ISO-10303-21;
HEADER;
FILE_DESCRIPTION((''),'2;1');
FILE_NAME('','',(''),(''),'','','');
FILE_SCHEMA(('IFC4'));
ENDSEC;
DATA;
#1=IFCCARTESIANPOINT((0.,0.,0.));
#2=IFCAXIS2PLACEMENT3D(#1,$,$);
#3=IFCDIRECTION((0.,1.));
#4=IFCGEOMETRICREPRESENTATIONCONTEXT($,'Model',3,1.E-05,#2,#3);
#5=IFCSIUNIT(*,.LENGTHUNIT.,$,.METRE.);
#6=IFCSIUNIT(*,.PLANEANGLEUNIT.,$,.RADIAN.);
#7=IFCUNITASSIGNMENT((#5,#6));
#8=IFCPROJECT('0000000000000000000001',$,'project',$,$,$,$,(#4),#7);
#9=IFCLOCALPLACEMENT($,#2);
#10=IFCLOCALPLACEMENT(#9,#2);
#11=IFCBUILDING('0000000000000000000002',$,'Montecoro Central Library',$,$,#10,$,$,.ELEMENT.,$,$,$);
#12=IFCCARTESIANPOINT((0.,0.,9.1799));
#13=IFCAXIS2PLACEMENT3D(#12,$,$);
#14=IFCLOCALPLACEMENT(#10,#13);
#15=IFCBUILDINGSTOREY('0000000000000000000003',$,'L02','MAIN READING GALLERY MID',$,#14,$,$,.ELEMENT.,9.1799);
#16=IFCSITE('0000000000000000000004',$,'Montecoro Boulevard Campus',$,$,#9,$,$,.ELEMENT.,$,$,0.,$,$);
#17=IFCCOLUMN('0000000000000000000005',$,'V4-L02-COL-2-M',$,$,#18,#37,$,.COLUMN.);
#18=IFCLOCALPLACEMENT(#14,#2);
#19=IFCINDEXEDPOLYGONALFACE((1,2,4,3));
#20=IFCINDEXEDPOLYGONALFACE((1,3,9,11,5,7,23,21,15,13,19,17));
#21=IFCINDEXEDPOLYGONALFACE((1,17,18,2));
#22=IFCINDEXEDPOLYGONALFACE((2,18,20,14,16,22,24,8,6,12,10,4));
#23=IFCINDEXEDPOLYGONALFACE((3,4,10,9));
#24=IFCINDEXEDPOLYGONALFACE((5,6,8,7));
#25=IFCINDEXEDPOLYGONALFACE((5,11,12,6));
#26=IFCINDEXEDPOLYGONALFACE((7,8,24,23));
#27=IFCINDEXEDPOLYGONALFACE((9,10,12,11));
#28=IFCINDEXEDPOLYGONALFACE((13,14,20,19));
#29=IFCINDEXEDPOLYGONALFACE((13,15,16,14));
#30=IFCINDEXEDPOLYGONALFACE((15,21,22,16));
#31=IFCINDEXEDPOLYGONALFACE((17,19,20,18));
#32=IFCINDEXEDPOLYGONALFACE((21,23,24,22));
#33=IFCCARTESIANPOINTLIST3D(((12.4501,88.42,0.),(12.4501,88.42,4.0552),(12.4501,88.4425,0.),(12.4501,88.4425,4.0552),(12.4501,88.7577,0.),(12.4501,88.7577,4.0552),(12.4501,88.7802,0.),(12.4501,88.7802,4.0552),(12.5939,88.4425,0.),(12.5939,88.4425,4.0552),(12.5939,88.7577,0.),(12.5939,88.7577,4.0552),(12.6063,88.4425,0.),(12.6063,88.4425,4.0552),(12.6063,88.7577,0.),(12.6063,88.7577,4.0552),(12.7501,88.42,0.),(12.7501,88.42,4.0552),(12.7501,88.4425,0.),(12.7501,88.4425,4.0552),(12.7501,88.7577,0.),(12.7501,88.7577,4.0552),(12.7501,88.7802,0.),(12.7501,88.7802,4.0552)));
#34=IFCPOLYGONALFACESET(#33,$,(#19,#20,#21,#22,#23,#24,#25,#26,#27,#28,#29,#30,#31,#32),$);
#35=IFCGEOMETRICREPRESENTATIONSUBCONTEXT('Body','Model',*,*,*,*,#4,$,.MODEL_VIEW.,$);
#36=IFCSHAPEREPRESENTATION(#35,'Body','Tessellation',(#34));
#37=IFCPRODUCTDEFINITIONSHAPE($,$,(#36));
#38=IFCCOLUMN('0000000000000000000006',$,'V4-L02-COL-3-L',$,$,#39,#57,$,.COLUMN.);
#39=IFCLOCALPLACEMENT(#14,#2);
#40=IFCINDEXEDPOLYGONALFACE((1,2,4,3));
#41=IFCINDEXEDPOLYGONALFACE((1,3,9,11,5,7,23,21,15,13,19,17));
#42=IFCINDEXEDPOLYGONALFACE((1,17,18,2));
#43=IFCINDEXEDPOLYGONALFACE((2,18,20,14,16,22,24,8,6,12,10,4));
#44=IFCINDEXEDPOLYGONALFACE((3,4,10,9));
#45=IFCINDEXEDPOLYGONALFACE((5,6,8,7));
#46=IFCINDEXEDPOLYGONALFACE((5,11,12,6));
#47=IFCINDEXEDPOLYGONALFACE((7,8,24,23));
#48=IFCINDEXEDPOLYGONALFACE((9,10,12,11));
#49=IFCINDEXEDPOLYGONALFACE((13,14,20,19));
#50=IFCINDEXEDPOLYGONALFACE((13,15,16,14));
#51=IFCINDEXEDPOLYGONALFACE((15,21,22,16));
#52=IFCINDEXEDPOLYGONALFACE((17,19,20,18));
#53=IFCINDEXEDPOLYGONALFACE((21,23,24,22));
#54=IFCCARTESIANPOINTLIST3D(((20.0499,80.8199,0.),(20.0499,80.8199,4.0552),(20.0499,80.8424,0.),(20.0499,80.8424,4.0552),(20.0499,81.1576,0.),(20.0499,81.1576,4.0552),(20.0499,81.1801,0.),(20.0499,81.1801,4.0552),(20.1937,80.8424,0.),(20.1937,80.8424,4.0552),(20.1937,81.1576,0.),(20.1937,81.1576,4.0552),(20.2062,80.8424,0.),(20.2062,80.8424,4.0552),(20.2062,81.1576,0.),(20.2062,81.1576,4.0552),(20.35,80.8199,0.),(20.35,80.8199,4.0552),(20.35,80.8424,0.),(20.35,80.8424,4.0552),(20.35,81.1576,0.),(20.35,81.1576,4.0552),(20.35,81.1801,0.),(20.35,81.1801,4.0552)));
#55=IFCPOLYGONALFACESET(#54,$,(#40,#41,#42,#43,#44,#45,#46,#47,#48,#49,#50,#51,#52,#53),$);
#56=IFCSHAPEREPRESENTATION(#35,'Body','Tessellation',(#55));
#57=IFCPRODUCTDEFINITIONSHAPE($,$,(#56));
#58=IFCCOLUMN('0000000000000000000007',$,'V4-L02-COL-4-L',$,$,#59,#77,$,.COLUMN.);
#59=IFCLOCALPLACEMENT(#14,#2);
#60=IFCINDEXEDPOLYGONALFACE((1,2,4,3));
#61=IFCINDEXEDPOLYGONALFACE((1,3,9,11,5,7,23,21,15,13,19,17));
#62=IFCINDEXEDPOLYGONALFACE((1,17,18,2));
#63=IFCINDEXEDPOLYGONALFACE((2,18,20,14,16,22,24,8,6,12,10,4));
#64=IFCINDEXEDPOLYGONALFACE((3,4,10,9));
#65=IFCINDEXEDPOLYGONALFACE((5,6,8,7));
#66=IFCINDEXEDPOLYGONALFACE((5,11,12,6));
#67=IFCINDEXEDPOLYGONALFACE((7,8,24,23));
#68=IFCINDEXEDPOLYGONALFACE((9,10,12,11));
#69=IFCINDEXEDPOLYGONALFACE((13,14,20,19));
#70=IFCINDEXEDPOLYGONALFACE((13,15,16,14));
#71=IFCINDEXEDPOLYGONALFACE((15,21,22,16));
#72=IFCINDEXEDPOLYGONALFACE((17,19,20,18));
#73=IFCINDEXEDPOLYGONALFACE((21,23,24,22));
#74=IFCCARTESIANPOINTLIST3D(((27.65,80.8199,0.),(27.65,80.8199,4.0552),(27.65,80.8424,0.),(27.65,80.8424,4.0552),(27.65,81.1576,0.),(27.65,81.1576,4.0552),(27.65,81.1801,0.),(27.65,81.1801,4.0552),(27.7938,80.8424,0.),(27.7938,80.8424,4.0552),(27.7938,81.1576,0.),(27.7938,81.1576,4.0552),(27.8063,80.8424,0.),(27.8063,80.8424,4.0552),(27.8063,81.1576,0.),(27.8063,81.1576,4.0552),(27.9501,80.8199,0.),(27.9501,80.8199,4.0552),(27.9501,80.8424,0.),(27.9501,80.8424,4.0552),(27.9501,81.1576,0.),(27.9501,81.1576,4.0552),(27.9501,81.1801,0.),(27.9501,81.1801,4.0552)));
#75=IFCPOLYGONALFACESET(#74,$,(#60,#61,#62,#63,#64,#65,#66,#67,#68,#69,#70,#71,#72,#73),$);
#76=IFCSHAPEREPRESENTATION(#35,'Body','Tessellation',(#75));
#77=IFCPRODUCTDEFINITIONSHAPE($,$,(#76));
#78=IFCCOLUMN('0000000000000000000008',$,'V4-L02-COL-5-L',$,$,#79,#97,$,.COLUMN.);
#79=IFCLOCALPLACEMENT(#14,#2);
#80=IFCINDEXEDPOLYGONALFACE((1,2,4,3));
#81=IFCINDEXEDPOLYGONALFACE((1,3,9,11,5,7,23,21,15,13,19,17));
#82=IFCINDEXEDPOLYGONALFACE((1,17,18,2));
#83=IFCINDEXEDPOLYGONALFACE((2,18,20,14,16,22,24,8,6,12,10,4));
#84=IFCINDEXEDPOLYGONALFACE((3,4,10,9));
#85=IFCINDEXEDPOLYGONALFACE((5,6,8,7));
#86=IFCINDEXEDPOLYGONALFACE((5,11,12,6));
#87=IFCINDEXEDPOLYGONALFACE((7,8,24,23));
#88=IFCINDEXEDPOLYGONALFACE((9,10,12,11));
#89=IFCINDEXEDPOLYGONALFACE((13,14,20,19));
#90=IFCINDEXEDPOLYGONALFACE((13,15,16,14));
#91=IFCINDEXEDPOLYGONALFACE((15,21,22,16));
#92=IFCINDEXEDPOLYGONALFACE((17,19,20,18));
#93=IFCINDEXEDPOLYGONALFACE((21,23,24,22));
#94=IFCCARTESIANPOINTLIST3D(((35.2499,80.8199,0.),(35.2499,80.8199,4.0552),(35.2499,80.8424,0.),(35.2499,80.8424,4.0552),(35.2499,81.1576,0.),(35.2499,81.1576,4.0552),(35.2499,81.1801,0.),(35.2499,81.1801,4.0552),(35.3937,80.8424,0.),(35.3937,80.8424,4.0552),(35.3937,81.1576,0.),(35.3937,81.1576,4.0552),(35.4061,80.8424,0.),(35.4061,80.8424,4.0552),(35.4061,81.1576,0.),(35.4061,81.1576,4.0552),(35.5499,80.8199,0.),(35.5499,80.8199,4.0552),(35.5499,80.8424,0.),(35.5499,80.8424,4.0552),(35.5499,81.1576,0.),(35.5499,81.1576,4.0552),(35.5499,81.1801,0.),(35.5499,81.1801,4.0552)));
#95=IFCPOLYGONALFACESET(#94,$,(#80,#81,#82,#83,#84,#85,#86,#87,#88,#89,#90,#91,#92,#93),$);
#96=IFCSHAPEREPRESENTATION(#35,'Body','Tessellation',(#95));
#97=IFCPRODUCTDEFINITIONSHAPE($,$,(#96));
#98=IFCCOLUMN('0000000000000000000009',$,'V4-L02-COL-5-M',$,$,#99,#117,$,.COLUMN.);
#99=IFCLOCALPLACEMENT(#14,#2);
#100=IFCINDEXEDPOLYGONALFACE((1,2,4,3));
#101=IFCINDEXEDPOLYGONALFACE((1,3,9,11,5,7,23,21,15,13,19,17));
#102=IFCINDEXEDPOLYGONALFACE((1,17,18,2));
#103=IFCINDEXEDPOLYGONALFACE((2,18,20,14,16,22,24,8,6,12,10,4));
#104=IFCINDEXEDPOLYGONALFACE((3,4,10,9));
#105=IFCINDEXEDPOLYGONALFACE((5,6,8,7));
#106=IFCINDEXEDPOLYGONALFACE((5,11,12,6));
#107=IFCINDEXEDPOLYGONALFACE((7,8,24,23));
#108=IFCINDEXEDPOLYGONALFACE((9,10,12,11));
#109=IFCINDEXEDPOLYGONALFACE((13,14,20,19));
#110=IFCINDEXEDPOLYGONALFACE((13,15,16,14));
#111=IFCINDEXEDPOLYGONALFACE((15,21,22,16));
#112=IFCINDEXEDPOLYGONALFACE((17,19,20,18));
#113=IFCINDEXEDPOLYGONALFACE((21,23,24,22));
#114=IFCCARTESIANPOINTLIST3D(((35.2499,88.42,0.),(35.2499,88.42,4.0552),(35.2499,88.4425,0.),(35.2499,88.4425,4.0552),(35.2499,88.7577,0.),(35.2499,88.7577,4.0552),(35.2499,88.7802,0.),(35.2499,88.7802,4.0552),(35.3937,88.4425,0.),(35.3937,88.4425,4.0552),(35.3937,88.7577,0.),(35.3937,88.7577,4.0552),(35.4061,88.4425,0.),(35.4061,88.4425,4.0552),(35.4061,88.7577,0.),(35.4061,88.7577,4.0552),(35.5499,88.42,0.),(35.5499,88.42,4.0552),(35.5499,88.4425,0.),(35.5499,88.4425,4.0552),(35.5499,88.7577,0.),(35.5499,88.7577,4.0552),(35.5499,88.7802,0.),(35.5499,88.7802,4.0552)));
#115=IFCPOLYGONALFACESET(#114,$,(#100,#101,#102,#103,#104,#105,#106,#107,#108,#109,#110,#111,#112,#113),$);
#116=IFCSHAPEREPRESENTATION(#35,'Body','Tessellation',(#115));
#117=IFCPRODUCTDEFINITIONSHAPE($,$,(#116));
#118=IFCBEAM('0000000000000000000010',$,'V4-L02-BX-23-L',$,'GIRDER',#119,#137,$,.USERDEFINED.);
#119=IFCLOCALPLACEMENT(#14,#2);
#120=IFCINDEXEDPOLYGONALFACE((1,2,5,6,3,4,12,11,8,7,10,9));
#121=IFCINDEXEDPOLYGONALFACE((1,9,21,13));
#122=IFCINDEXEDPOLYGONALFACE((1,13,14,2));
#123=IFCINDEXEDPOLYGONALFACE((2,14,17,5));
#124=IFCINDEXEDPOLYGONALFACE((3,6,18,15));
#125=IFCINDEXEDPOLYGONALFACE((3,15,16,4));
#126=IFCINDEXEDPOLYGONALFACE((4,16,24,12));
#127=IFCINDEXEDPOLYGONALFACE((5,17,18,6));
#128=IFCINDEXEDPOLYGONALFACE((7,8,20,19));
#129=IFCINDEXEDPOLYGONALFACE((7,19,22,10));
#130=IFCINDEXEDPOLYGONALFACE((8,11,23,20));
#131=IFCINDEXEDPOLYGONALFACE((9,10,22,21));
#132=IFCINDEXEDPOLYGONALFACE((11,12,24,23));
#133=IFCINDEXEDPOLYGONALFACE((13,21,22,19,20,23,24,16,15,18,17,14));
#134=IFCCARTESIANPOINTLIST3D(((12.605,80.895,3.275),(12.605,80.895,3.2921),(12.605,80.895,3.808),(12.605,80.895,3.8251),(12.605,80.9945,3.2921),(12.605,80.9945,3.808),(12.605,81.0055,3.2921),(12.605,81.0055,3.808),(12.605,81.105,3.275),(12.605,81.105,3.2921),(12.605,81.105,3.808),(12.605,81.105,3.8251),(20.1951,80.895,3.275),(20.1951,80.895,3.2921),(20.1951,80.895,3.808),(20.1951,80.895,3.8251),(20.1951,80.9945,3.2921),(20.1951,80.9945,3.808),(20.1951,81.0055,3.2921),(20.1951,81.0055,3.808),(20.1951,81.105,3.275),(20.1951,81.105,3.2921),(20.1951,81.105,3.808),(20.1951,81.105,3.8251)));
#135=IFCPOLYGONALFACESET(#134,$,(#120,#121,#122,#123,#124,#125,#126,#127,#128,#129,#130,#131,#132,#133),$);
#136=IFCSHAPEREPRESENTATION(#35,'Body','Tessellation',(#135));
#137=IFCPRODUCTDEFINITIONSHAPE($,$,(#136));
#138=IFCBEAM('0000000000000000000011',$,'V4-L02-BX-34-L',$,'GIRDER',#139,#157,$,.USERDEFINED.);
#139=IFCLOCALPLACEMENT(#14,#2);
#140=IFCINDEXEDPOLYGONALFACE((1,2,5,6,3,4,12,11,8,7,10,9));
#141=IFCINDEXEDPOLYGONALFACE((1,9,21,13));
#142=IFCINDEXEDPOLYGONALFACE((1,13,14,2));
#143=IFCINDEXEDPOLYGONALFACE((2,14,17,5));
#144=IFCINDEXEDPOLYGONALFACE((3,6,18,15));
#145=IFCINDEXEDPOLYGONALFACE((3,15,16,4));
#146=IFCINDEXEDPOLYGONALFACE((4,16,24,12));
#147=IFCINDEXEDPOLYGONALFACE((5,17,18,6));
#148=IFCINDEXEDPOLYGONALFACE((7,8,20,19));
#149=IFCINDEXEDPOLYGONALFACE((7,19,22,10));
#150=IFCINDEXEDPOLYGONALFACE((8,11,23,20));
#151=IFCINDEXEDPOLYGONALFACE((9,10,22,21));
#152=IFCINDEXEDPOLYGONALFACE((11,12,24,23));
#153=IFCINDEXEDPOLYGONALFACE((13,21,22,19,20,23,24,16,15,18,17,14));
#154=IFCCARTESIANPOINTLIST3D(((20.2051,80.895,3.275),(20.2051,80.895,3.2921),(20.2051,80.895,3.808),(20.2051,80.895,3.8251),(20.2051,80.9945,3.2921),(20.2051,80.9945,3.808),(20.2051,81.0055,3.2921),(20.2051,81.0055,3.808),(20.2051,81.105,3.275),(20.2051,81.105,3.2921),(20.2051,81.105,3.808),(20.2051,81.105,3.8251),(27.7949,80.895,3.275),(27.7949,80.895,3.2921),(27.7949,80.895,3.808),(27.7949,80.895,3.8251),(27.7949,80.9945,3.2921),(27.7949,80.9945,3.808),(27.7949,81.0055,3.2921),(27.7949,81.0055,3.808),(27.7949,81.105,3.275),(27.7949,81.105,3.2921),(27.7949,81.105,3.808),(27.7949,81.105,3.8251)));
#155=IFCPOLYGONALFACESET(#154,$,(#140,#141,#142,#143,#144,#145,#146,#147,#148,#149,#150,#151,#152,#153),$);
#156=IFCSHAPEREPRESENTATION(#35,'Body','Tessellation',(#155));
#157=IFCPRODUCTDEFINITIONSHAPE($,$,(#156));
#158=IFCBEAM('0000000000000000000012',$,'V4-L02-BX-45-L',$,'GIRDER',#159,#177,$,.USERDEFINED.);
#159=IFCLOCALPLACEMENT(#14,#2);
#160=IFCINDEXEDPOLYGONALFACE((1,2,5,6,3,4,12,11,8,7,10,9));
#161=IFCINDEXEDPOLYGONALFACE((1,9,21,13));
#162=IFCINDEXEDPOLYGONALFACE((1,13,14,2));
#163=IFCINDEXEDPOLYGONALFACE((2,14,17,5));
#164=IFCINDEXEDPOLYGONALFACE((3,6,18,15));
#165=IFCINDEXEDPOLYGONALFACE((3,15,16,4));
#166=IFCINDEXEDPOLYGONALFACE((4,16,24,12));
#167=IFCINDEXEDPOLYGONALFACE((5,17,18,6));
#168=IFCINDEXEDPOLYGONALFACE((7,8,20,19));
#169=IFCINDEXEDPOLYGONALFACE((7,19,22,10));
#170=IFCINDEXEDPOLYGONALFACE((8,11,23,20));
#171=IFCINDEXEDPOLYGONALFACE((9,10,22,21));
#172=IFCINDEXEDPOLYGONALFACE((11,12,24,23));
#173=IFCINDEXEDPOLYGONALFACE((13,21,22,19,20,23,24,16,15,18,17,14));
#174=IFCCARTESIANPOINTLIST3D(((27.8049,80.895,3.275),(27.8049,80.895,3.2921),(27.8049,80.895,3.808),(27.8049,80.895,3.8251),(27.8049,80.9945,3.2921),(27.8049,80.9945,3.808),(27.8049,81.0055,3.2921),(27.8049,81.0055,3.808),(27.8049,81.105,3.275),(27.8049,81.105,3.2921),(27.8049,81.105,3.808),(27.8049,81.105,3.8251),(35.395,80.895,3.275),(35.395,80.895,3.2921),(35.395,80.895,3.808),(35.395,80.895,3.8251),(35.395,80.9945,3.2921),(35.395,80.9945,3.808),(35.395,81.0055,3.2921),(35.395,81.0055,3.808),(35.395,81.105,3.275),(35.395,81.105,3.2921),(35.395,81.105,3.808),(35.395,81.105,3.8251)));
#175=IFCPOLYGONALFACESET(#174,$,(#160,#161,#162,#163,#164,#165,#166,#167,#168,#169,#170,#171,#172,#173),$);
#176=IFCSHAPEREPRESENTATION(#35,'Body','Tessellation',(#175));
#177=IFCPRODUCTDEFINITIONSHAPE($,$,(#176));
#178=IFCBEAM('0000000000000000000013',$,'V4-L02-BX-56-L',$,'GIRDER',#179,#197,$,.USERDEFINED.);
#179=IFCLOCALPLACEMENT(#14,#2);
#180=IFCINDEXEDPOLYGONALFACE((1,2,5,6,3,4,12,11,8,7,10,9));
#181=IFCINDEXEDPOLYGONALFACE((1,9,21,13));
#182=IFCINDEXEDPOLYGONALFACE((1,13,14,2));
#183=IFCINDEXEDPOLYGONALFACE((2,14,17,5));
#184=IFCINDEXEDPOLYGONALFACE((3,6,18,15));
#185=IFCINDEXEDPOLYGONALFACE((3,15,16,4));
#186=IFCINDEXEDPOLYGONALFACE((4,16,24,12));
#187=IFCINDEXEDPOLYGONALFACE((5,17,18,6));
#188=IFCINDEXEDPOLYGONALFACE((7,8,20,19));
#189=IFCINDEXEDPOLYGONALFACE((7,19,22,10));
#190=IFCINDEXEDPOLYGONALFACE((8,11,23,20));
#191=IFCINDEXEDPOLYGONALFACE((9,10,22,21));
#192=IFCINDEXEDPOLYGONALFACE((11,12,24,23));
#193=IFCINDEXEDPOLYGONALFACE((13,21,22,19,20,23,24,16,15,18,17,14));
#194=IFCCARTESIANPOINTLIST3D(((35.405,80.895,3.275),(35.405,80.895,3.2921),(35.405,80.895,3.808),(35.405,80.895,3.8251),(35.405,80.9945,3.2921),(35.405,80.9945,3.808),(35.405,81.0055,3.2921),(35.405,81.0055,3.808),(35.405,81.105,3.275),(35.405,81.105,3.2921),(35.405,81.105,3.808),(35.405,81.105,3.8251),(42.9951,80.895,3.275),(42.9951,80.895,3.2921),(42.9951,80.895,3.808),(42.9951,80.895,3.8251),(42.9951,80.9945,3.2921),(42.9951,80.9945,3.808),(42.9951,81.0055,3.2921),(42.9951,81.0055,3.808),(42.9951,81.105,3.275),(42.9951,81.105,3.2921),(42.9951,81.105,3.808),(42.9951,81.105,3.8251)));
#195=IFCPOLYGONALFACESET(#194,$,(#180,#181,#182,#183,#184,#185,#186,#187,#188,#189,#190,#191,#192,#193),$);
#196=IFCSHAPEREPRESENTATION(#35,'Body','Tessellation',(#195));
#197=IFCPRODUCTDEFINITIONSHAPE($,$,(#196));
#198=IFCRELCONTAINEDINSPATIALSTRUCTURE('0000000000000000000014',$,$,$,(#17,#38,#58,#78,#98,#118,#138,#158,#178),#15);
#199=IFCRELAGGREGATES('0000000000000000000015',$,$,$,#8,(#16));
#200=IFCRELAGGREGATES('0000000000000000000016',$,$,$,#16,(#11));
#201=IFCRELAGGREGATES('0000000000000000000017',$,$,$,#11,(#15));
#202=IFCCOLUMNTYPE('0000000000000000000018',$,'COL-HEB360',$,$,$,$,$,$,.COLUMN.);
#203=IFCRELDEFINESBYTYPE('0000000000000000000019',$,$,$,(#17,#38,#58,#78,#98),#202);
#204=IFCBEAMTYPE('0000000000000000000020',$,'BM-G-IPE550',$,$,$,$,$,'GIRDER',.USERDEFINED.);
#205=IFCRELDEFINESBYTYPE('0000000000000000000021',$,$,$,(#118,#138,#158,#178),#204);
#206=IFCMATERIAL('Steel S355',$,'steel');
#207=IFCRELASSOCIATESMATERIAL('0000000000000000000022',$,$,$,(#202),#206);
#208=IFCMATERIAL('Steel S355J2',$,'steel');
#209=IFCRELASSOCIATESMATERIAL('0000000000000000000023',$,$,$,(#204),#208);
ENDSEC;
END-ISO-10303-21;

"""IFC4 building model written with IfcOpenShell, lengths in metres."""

from ifc_helpers import new_model, si_unit, direction, frame, origin, origin_2d, place, context, subcontext, project, spatial, i_section, extrude, material, material_profile, profile_set, type_object, element, save


model = new_model("IFC4")

# Units and contexts
model_context = context("Model", 3, precision=1e-05, world=origin(), true_north=direction((0.0, 1.0)))
body_context = subcontext(model_context, "Body", "Model", "MODEL_VIEW")
ifc_project = project(units=[si_unit("LENGTHUNIT", "METRE"), si_unit("PLANEANGLEUNIT", "RADIAN")], contexts=[model_context])

# Site, building, storey
site_placement = place(None, origin())
site = spatial("IfcSite", under=ifc_project, at=site_placement, Name="Montecoro Boulevard Campus", CompositionType="ELEMENT", RefElevation=0.0)
building_placement = place(site_placement, origin())
building = spatial("IfcBuilding", under=site, at=building_placement, Name="Montecoro Central Library", CompositionType="ELEMENT")
storey_placement = place(building_placement, frame((0.0, 0.0, 9.1799)))
storey = spatial("IfcBuildingStorey", under=building, at=storey_placement, Name="L02", Description="MAIN READING GALLERY MID", CompositionType="ELEMENT", Elevation=9.1799)

# Columns
ifc_material_1 = material(Name="Steel S355", Category="steel")
ifc_material_profile_1 = material_profile(ifc_material_1, i_section(OverallWidth=0.3, OverallDepth=0.3601, WebThickness=0.0125, FlangeThickness=0.0225, at=origin_2d()), Name="HEB 360")
ifc_profile_set_1 = profile_set([ifc_material_profile_1], Name="Steel S355")
column_type = type_object("IfcColumnType", Name="COL-HEB360", PredefinedType="COLUMN", material=ifc_profile_set_1)
for number, where, z_axis, x_axis, name in (
    (1, (12.6001, 88.6001, 0.0), (0.0, 0.0, 1.0), (1.0, 0.0, 0.0), "V4-L02-COL-2-M"),
    (2, (20.2, 81.0, 0.0), (0.0, 0.0, 1.0), (1.0, 0.0, 0.0), "V4-L02-COL-3-L"),
    (3, (27.8, 81.0, 0.0), (0.0, 0.0, 1.0), (1.0, 0.0, 0.0), "V4-L02-COL-4-L"),
    (4, (35.3999, 81.0, 0.0), (0.0, 0.0, 1.0), (1.0, 0.0, 0.0), "V4-L02-COL-5-L"),
    (5, (35.3999, 88.6001, 0.0), (0.0, 0.0, 1.0), (1.0, 0.0, 0.0), "V4-L02-COL-5-M"),
):
    element("IfcColumn", number, at=place(storey_placement, frame(where, z_axis=z_axis, x_axis=x_axis)), inside=storey, type_object=column_type, Name=name, PredefinedType="COLUMN", context=body_context, shape_type="SweptSolid", body=[
        extrude(i_section(OverallWidth=0.3, OverallDepth=0.3601, WebThickness=0.0125, FlangeThickness=0.0225, at=origin_2d()), origin(), (0.0, 0.0, 1.0), 4.0552),
    ])

# Beams
ifc_material_2 = material(Name="Steel S355J2", Category="steel")
ifc_material_profile_2 = material_profile(ifc_material_2, i_section(OverallWidth=0.21, OverallDepth=0.55, WebThickness=0.011, FlangeThickness=0.0171, at=origin_2d()), Name="IPE 550")
ifc_profile_set_2 = profile_set([ifc_material_profile_2], Name="Steel S355J2")
beam_type_1 = type_object("IfcBeamType", Name="BM-G-IPE550", ElementType="GIRDER", PredefinedType="USERDEFINED", material=ifc_profile_set_2)
beam_1_placement = place(storey_placement, frame((12.605, 81.0, 3.55), z_axis=(1.0, 0.0, 0.0), x_axis=(0.0, 1.0, 0.0)))
element("IfcBeam", 6, at=beam_1_placement, inside=storey, type_object=beam_type_1, Name="V4-L02-BX-23-L", ObjectType="GIRDER", PredefinedType="USERDEFINED", context=body_context, shape_type="SweptSolid", body=[
    extrude(i_section(OverallWidth=0.21, OverallDepth=0.55, WebThickness=0.011, FlangeThickness=0.0171, at=origin_2d()), origin(), (0.0, 0.0, 1.0), 7.5901),
])
beam_2_placement = place(storey_placement, frame((20.2051, 81.0, 3.55), z_axis=(1.0, 0.0, 0.0), x_axis=(0.0, 1.0, 0.0)))
element("IfcBeam", 7, at=beam_2_placement, inside=storey, type_object=beam_type_1, Name="V4-L02-BX-34-L", ObjectType="GIRDER", PredefinedType="USERDEFINED", context=body_context, shape_type="SweptSolid", body=[
    extrude(i_section(OverallWidth=0.21, OverallDepth=0.55, WebThickness=0.011, FlangeThickness=0.0171, at=origin_2d()), origin(), (0.0, 0.0, 1.0), 7.5898),
])
for number, where, z_axis, x_axis, name in (
    (8, (27.8049, 81.0, 3.55), (1.0, 0.0, 0.0), (0.0, 1.0, 0.0), "V4-L02-BX-45-L"),
    (9, (35.405, 81.0, 3.55), (1.0, 0.0, 0.0), (0.0, 1.0, 0.0), "V4-L02-BX-56-L"),
):
    element("IfcBeam", number, at=place(storey_placement, frame(where, z_axis=z_axis, x_axis=x_axis)), inside=storey, type_object=beam_type_1, Name=name, ObjectType="GIRDER", PredefinedType="USERDEFINED", context=body_context, shape_type="SweptSolid", body=[
        extrude(i_section(OverallWidth=0.21, OverallDepth=0.55, WebThickness=0.011, FlangeThickness=0.0171, at=origin_2d()), origin(), (0.0, 0.0, 1.0), 7.5901),
    ])

save(model, "model.ifc")
